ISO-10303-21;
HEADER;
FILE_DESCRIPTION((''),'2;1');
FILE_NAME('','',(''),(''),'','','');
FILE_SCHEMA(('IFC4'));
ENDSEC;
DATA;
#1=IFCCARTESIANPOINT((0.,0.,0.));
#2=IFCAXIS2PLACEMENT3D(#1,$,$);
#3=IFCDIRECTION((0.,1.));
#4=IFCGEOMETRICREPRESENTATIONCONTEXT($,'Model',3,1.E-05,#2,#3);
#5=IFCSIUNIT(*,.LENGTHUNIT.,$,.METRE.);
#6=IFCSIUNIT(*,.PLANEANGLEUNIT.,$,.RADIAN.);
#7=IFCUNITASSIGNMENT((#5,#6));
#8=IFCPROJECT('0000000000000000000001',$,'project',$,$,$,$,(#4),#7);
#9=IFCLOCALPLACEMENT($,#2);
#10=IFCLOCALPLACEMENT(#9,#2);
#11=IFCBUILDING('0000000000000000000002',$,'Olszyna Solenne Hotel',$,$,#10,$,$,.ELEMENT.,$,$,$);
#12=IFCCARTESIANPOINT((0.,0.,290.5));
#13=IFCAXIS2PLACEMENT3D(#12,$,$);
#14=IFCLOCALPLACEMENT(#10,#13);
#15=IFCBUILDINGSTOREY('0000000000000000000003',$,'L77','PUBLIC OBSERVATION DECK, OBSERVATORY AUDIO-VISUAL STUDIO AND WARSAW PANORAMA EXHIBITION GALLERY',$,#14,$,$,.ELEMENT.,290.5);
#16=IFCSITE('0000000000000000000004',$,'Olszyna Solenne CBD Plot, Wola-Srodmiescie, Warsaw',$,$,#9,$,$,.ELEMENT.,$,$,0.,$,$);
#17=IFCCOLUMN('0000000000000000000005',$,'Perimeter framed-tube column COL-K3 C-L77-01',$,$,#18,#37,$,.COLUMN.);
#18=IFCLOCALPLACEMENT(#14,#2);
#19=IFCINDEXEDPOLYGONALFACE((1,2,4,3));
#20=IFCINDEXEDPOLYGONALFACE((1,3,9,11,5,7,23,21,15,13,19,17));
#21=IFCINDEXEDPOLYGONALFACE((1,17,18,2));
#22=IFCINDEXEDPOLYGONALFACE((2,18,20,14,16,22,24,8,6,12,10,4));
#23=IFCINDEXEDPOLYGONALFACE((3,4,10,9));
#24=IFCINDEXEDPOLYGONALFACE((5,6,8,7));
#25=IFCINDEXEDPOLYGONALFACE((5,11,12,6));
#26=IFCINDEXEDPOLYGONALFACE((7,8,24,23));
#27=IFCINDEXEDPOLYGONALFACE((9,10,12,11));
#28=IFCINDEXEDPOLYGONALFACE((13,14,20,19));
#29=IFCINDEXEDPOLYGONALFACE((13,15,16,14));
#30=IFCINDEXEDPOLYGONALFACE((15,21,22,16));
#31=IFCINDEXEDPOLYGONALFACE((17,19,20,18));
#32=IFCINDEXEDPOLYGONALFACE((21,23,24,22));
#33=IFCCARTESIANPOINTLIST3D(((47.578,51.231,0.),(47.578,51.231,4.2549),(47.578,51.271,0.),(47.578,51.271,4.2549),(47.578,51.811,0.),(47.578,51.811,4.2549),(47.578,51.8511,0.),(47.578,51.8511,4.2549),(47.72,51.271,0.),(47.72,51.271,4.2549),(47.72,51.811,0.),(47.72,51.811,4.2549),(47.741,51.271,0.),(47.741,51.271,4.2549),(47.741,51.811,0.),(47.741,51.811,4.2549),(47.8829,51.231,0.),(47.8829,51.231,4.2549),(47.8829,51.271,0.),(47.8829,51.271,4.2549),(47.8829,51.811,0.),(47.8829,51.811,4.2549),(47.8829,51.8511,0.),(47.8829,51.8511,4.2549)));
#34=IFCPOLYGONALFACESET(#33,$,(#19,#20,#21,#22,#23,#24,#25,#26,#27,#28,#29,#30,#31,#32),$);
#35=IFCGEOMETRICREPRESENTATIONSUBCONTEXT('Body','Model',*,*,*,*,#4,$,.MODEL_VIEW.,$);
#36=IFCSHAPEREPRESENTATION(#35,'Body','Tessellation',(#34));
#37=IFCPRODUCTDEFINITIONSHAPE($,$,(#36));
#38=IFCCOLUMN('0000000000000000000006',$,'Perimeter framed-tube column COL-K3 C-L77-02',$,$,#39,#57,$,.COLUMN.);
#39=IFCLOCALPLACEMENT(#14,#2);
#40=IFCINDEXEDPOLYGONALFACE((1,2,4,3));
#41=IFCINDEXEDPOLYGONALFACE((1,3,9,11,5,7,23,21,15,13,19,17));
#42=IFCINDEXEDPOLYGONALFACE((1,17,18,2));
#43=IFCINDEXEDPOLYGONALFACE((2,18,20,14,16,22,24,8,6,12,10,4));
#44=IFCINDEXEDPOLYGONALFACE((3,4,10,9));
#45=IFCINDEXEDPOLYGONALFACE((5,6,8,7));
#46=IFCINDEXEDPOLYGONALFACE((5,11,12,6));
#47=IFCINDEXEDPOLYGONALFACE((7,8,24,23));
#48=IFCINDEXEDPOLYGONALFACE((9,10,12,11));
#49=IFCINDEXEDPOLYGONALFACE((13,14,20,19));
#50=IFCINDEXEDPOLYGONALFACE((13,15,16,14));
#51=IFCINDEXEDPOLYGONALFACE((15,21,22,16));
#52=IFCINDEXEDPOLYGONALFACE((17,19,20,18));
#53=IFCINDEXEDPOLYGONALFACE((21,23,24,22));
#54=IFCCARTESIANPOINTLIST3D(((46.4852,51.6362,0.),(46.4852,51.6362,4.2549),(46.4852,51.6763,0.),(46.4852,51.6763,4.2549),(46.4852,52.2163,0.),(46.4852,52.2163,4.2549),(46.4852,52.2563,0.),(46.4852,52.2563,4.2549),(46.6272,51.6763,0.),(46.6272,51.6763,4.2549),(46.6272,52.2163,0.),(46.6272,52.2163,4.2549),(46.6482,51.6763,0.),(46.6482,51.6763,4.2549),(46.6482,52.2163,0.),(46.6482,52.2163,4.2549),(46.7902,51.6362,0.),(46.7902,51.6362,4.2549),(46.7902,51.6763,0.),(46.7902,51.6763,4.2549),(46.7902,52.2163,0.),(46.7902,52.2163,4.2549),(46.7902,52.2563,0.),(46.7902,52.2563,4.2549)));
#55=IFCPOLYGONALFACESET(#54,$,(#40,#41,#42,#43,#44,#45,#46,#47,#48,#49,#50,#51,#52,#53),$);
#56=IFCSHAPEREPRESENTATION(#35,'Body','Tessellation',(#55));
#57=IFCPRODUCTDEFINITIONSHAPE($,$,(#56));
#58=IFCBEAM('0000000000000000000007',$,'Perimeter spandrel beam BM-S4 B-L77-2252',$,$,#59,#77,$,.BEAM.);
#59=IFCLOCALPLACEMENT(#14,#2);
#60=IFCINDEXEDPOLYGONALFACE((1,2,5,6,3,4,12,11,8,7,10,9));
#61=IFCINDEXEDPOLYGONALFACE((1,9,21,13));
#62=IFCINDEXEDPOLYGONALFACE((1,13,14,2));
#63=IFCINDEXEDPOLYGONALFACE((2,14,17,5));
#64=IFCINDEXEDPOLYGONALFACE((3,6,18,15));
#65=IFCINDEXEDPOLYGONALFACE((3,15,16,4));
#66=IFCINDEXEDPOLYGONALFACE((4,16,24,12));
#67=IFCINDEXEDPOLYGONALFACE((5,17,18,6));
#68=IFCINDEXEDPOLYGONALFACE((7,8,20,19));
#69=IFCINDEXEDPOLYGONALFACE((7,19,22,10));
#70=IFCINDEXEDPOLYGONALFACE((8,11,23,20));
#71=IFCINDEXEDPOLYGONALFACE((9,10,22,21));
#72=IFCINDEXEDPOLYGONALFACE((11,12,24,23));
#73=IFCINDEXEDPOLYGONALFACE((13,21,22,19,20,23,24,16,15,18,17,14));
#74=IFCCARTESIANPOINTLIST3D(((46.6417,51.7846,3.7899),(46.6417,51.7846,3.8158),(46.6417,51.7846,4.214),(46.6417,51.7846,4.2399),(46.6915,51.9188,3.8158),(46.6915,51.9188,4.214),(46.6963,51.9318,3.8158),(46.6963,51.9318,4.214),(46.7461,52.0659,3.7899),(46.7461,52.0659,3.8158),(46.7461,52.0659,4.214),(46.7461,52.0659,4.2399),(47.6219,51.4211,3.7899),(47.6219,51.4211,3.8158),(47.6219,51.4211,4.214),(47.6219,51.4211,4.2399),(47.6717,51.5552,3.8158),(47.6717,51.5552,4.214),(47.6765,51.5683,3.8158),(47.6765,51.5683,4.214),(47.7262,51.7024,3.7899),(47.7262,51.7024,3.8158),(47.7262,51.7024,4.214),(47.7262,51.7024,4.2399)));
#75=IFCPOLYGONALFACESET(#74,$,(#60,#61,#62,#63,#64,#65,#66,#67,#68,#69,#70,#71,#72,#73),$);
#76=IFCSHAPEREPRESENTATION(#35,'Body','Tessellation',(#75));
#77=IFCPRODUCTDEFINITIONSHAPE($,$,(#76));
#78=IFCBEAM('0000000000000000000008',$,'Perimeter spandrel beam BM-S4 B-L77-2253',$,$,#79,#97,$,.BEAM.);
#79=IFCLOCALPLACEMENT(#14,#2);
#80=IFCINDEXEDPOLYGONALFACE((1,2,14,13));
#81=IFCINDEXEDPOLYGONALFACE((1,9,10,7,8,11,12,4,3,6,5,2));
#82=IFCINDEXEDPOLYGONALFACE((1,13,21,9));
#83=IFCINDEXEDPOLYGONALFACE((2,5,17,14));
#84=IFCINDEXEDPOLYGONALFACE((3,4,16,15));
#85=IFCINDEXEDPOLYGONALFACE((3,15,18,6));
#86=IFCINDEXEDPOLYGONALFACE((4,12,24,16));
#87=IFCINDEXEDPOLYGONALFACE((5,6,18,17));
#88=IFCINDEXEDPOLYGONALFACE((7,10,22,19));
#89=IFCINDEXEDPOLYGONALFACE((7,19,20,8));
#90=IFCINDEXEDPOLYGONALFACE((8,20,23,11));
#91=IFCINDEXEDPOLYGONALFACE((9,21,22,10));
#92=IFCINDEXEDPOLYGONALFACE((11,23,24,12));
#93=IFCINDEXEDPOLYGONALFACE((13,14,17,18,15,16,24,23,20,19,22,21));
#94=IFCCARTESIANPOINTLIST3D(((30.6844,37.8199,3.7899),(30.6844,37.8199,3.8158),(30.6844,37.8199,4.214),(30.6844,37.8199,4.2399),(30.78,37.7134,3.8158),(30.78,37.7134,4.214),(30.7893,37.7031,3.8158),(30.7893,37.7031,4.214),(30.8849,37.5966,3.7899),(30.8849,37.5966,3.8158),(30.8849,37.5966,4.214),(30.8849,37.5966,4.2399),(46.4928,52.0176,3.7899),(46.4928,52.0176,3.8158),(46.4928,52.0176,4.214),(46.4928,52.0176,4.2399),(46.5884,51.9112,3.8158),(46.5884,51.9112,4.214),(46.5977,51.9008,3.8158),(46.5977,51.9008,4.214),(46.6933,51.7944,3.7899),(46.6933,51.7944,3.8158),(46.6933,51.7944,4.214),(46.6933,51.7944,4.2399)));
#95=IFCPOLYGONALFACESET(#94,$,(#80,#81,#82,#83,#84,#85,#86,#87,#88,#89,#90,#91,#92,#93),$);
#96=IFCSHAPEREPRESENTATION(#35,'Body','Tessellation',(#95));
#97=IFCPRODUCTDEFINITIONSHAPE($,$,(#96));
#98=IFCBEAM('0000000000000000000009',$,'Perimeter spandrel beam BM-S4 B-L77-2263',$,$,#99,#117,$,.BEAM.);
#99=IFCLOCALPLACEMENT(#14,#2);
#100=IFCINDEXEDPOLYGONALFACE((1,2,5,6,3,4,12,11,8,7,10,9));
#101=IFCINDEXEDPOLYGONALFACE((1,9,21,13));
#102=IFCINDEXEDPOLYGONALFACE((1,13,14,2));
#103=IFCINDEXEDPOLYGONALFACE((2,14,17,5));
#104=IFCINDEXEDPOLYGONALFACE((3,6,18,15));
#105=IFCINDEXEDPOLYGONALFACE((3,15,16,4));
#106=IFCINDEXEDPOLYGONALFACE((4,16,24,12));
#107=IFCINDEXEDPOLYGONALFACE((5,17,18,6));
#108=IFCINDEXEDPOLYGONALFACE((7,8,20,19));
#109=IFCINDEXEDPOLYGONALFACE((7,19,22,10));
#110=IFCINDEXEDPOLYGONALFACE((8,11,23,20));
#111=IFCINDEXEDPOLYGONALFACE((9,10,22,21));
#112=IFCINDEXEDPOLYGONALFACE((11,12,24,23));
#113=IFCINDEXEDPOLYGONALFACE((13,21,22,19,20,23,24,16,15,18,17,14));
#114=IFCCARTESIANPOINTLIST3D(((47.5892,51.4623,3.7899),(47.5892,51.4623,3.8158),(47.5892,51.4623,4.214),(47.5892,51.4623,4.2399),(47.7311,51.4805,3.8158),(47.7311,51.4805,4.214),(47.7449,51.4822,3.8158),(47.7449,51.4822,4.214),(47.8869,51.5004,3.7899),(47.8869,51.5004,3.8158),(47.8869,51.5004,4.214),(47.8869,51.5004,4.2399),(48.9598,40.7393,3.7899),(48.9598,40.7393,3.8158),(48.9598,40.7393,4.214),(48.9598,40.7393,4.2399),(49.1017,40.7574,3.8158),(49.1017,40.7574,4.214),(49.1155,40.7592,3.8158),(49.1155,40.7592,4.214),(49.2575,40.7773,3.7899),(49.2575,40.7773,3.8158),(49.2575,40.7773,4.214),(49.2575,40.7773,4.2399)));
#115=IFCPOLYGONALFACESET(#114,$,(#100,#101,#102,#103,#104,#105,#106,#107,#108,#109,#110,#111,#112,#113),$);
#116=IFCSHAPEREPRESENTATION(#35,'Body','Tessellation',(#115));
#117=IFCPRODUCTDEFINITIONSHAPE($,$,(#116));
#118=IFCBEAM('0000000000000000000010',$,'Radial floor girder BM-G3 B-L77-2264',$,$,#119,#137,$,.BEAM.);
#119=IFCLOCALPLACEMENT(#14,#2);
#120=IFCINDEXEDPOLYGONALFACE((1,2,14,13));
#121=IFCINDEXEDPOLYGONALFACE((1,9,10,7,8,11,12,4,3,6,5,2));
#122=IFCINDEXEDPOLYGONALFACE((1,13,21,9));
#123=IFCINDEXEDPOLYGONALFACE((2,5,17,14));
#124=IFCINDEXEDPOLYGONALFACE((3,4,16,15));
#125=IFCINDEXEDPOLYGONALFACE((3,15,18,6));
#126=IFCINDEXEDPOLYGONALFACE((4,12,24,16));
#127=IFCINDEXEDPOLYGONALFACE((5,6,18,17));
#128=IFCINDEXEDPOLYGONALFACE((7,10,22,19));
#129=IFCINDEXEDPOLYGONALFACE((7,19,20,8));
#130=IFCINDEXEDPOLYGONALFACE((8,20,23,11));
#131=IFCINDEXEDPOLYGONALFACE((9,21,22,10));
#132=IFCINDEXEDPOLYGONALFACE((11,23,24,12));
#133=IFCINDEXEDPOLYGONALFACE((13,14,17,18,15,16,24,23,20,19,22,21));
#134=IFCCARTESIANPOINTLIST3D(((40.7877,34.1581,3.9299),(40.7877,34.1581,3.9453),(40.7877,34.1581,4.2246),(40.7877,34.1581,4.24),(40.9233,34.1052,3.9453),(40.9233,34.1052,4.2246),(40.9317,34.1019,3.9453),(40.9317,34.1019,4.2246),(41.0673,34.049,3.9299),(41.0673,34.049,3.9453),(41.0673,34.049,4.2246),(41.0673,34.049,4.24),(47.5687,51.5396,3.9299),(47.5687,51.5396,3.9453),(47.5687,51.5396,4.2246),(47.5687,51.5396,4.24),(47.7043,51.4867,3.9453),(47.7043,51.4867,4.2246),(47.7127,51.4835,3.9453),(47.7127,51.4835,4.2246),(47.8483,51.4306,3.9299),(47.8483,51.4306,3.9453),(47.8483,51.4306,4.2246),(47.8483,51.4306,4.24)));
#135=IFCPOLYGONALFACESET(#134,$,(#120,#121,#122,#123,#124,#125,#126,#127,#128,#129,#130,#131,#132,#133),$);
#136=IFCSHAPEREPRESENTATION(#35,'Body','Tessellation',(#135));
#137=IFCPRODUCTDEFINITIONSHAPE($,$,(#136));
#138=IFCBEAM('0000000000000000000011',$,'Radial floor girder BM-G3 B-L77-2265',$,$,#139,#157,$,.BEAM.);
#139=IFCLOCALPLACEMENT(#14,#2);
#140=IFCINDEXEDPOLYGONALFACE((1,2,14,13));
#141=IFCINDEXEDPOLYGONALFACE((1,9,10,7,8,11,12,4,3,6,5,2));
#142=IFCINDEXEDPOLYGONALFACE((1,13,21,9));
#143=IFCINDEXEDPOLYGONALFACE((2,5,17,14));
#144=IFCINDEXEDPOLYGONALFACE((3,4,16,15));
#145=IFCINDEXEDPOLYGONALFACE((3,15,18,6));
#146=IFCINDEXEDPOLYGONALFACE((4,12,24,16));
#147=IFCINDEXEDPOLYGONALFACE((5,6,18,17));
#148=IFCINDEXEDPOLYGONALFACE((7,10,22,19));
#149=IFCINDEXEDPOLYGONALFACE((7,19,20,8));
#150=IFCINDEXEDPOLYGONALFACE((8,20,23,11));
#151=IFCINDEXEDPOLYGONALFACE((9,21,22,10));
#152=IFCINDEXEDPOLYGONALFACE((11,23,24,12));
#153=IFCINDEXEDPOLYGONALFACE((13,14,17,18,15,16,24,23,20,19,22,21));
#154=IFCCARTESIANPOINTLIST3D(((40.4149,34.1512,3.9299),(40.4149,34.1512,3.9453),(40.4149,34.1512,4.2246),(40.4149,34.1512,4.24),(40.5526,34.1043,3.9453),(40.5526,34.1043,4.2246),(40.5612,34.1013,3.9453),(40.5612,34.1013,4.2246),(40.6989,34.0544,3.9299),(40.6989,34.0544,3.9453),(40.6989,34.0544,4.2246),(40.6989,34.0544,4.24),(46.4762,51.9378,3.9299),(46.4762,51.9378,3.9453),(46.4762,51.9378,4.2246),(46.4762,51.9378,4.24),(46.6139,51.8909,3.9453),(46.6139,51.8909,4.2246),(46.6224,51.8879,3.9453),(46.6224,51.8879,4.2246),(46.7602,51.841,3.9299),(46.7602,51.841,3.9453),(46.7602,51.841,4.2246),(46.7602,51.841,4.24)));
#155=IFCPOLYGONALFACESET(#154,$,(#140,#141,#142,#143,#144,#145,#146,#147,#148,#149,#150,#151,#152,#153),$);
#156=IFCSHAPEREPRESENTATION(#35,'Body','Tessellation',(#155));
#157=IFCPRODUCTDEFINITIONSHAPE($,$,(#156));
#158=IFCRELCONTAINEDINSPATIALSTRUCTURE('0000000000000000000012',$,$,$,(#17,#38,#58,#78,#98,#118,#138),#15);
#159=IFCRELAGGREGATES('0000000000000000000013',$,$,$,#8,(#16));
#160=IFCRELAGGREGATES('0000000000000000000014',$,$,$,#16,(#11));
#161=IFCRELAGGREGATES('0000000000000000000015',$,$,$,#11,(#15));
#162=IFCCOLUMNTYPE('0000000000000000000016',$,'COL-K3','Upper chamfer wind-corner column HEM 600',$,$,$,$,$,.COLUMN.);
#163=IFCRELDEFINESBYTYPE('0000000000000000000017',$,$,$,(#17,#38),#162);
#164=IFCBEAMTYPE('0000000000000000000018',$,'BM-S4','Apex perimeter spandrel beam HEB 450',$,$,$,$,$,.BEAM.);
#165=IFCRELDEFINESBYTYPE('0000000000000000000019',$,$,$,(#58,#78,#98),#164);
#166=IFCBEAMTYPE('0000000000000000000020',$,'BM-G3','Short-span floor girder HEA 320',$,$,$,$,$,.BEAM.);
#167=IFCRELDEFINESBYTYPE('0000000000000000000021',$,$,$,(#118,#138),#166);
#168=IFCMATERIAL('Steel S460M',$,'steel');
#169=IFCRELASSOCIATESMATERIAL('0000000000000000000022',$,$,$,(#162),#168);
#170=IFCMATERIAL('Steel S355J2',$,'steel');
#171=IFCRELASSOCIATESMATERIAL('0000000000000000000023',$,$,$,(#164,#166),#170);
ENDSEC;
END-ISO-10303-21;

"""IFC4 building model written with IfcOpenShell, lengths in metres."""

from ifc_helpers import new_model, si_unit, direction, frame, origin, origin_2d, place, context, subcontext, project, spatial, i_section, extrude, source, transform, mapped, material, material_profile, profile_set, type_object, element, save


model = new_model("IFC4")

# Units and contexts
model_context = context("Model", 3, precision=1e-05, world=origin(), true_north=direction((0.0, 1.0)))
body_context = subcontext(model_context, "Body", "Model", "MODEL_VIEW")
ifc_project = project(units=[si_unit("LENGTHUNIT", "METRE"), si_unit("PLANEANGLEUNIT", "RADIAN")], contexts=[model_context])

# Site, building, storey
site_placement = place(None, origin())
site = spatial("IfcSite", under=ifc_project, at=site_placement, Name="Olszyna Solenne CBD Plot, Wola-Srodmiescie, Warsaw", CompositionType="ELEMENT", RefElevation=0.0)
building_placement = place(site_placement, origin())
building = spatial("IfcBuilding", under=site, at=building_placement, Name="Olszyna Solenne Hotel", CompositionType="ELEMENT")
storey_placement = place(building_placement, frame((0.0, 0.0, 290.5)))
storey = spatial("IfcBuildingStorey", under=building, at=storey_placement, Name="L77", Description="PUBLIC OBSERVATION DECK, OBSERVATORY AUDIO-VISUAL STUDIO AND WARSAW PANORAMA EXHIBITION GALLERY", CompositionType="ELEMENT", Elevation=290.5)

# Columns
ifc_material_1 = material(Name="Steel S460M", Category="steel")
ifc_material_profile_1 = material_profile(ifc_material_1, i_section(OverallWidth=0.3049, OverallDepth=0.6201, WebThickness=0.021, FlangeThickness=0.04, at=origin_2d()), Name="HEM 600", Category="load-bearing")
ifc_profile_set_1 = profile_set([ifc_material_profile_1], Name="Steel S460M")
column_type = type_object("IfcColumnType", Name="COL-K3", Description="Upper chamfer wind-corner column HEM 600", PredefinedType="COLUMN", material=ifc_profile_set_1)
shared_shape_1 = source(origin(), body_context, "Body", "SweptSolid", [
    extrude(i_section(OverallWidth=0.3049, OverallDepth=0.6201, WebThickness=0.021, FlangeThickness=0.04, at=origin_2d()), origin(), (0.0, 0.0, 1.0), 4.2549),
])
for number, where, z_axis, x_axis, name in (
    (1, (47.7305, 51.541, 0.0), (0.0, 0.0, 1.0), (1.0, 0.0, 0.0), "Perimeter framed-tube column COL-K3 C-L77-01"),
    (2, (46.6377, 51.9463, 0.0), (0.0, 0.0, 1.0), (1.0, 0.0, 0.0), "Perimeter framed-tube column COL-K3 C-L77-02"),
):
    element("IfcColumn", number, at=place(storey_placement, frame(where, z_axis=z_axis, x_axis=x_axis)), inside=storey, type_object=column_type, Name=name, PredefinedType="COLUMN", context=body_context, shape_type="MappedRepresentation", body=[
        mapped(shared_shape_1, transform((0.0, 0.0, 0.0), x_axis=(1.0, 0.0, 0.0), y_axis=(0.0, 1.0, 0.0), z_axis=(0.0, 0.0, 1.0), scale=1.0)),
    ])

# Beams
ifc_material_2 = material(Name="Steel S355J2", Category="steel")
ifc_material_profile_2 = material_profile(ifc_material_2, i_section(OverallWidth=0.3, OverallDepth=0.45, WebThickness=0.0139, FlangeThickness=0.0259, at=origin_2d()), Name="HEB 450", Category="load-bearing")
ifc_profile_set_2 = profile_set([ifc_material_profile_2], Name="Steel S355J2")
beam_type_1 = type_object("IfcBeamType", Name="BM-S4", Description="Apex perimeter spandrel beam HEB 450", PredefinedType="BEAM", material=ifc_profile_set_2)
shared_shape_2 = source(origin(), body_context, "Body", "SweptSolid", [
    extrude(i_section(OverallWidth=0.3, OverallDepth=0.45, WebThickness=0.0139, FlangeThickness=0.0259, at=origin_2d()), origin(), (0.0, 0.0, 1.0), 1.0454),
])
beam_1_placement = place(storey_placement, frame((47.6741, 51.5618, 4.0149), z_axis=(-0.937599, 0.347717, 0.0), x_axis=(-0.347717, -0.937599, 0.0)))
element("IfcBeam", 3, at=beam_1_placement, inside=storey, type_object=beam_type_1, Name="Perimeter spandrel beam BM-S4 B-L77-2252", PredefinedType="BEAM", context=body_context, shape_type="MappedRepresentation", body=[
    mapped(shared_shape_2, transform((0.0, 0.0, 0.0), x_axis=(1.0, 0.0, 0.0), y_axis=(0.0, 1.0, 0.0), z_axis=(0.0, 0.0, 1.0), scale=1.0)),
])
shared_shape_3 = source(origin(), body_context, "Body", "SweptSolid", [
    extrude(i_section(OverallWidth=0.3, OverallDepth=0.45, WebThickness=0.0139, FlangeThickness=0.0259, at=origin_2d()), origin(), (0.0, 0.0, 1.0), 21.248),
])
beam_2_placement = place(storey_placement, frame((46.593, 51.906, 4.0149), z_axis=(-0.74399, -0.668191, 0.0), x_axis=(0.668191, -0.74399, 0.0)))
element("IfcBeam", 4, at=beam_2_placement, inside=storey, type_object=beam_type_1, Name="Perimeter spandrel beam BM-S4 B-L77-2253", PredefinedType="BEAM", context=body_context, shape_type="MappedRepresentation", body=[
    mapped(shared_shape_3, transform((0.0, 0.0, 0.0), x_axis=(1.0, 0.0, 0.0), y_axis=(0.0, 1.0, 0.0), z_axis=(0.0, 0.0, 1.0), scale=1.0)),
])
shared_shape_4 = source(origin(), body_context, "Body", "SweptSolid", [
    extrude(i_section(OverallWidth=0.3, OverallDepth=0.45, WebThickness=0.0139, FlangeThickness=0.0259, at=origin_2d()), origin(), (0.0, 0.0, 1.0), 10.8103),
])
beam_3_placement = place(storey_placement, frame((49.1086, 40.7583, 4.0149), z_axis=(-0.126786, 0.99193, 0.0), x_axis=(-0.99193, -0.126786, 0.0)))
element("IfcBeam", 5, at=beam_3_placement, inside=storey, type_object=beam_type_1, Name="Perimeter spandrel beam BM-S4 B-L77-2263", PredefinedType="BEAM", context=body_context, shape_type="MappedRepresentation", body=[
    mapped(shared_shape_4, transform((0.0, 0.0, 0.0), x_axis=(1.0, 0.0, 0.0), y_axis=(0.0, 1.0, 0.0), z_axis=(0.0, 0.0, 1.0), scale=1.0)),
])
ifc_material_profile_3 = material_profile(ifc_material_2, i_section(OverallWidth=0.3, OverallDepth=0.3101, WebThickness=0.009, FlangeThickness=0.0154, at=origin_2d()), Name="HEA 320", Category="load-bearing")
ifc_profile_set_3 = profile_set([ifc_material_profile_3], Name="Steel S355J2")
beam_type_2 = type_object("IfcBeamType", Name="BM-G3", Description="Short-span floor girder HEA 320", PredefinedType="BEAM", material=ifc_profile_set_3)
shared_shape_5 = source(origin(), body_context, "Body", "SweptSolid", [
    extrude(i_section(OverallWidth=0.3, OverallDepth=0.3101, WebThickness=0.009, FlangeThickness=0.0154, at=origin_2d()), origin(), (0.0, 0.0, 1.0), 18.6575),
])
beam_4_placement = place(storey_placement, frame((47.7085, 51.4851, 4.085), z_axis=(-0.363447, -0.931615, 0.0), x_axis=(0.931615, -0.363447, 0.0)))
element("IfcBeam", 6, at=beam_4_placement, inside=storey, type_object=beam_type_2, Name="Radial floor girder BM-G3 B-L77-2264", PredefinedType="BEAM", context=body_context, shape_type="MappedRepresentation", body=[
    mapped(shared_shape_5, transform((0.0, 0.0, 0.0), x_axis=(1.0, 0.0, 0.0), y_axis=(0.0, 1.0, 0.0), z_axis=(0.0, 0.0, 1.0), scale=1.0)),
])
shared_shape_6 = source(origin(), body_context, "Body", "SweptSolid", [
    extrude(i_section(OverallWidth=0.3, OverallDepth=0.3101, WebThickness=0.009, FlangeThickness=0.0154, at=origin_2d()), origin(), (0.0, 0.0, 1.0), 18.791),
])
beam_5_placement = place(storey_placement, frame((46.6182, 51.8894, 4.085), z_axis=(-0.322562, -0.946548, 0.0), x_axis=(0.946548, -0.322562, 0.0)))
element("IfcBeam", 7, at=beam_5_placement, inside=storey, type_object=beam_type_2, Name="Radial floor girder BM-G3 B-L77-2265", PredefinedType="BEAM", context=body_context, shape_type="MappedRepresentation", body=[
    mapped(shared_shape_6, transform((0.0, 0.0, 0.0), x_axis=(1.0, 0.0, 0.0), y_axis=(0.0, 1.0, 0.0), z_axis=(0.0, 0.0, 1.0), scale=1.0)),
])

save(model, "model.ifc")
